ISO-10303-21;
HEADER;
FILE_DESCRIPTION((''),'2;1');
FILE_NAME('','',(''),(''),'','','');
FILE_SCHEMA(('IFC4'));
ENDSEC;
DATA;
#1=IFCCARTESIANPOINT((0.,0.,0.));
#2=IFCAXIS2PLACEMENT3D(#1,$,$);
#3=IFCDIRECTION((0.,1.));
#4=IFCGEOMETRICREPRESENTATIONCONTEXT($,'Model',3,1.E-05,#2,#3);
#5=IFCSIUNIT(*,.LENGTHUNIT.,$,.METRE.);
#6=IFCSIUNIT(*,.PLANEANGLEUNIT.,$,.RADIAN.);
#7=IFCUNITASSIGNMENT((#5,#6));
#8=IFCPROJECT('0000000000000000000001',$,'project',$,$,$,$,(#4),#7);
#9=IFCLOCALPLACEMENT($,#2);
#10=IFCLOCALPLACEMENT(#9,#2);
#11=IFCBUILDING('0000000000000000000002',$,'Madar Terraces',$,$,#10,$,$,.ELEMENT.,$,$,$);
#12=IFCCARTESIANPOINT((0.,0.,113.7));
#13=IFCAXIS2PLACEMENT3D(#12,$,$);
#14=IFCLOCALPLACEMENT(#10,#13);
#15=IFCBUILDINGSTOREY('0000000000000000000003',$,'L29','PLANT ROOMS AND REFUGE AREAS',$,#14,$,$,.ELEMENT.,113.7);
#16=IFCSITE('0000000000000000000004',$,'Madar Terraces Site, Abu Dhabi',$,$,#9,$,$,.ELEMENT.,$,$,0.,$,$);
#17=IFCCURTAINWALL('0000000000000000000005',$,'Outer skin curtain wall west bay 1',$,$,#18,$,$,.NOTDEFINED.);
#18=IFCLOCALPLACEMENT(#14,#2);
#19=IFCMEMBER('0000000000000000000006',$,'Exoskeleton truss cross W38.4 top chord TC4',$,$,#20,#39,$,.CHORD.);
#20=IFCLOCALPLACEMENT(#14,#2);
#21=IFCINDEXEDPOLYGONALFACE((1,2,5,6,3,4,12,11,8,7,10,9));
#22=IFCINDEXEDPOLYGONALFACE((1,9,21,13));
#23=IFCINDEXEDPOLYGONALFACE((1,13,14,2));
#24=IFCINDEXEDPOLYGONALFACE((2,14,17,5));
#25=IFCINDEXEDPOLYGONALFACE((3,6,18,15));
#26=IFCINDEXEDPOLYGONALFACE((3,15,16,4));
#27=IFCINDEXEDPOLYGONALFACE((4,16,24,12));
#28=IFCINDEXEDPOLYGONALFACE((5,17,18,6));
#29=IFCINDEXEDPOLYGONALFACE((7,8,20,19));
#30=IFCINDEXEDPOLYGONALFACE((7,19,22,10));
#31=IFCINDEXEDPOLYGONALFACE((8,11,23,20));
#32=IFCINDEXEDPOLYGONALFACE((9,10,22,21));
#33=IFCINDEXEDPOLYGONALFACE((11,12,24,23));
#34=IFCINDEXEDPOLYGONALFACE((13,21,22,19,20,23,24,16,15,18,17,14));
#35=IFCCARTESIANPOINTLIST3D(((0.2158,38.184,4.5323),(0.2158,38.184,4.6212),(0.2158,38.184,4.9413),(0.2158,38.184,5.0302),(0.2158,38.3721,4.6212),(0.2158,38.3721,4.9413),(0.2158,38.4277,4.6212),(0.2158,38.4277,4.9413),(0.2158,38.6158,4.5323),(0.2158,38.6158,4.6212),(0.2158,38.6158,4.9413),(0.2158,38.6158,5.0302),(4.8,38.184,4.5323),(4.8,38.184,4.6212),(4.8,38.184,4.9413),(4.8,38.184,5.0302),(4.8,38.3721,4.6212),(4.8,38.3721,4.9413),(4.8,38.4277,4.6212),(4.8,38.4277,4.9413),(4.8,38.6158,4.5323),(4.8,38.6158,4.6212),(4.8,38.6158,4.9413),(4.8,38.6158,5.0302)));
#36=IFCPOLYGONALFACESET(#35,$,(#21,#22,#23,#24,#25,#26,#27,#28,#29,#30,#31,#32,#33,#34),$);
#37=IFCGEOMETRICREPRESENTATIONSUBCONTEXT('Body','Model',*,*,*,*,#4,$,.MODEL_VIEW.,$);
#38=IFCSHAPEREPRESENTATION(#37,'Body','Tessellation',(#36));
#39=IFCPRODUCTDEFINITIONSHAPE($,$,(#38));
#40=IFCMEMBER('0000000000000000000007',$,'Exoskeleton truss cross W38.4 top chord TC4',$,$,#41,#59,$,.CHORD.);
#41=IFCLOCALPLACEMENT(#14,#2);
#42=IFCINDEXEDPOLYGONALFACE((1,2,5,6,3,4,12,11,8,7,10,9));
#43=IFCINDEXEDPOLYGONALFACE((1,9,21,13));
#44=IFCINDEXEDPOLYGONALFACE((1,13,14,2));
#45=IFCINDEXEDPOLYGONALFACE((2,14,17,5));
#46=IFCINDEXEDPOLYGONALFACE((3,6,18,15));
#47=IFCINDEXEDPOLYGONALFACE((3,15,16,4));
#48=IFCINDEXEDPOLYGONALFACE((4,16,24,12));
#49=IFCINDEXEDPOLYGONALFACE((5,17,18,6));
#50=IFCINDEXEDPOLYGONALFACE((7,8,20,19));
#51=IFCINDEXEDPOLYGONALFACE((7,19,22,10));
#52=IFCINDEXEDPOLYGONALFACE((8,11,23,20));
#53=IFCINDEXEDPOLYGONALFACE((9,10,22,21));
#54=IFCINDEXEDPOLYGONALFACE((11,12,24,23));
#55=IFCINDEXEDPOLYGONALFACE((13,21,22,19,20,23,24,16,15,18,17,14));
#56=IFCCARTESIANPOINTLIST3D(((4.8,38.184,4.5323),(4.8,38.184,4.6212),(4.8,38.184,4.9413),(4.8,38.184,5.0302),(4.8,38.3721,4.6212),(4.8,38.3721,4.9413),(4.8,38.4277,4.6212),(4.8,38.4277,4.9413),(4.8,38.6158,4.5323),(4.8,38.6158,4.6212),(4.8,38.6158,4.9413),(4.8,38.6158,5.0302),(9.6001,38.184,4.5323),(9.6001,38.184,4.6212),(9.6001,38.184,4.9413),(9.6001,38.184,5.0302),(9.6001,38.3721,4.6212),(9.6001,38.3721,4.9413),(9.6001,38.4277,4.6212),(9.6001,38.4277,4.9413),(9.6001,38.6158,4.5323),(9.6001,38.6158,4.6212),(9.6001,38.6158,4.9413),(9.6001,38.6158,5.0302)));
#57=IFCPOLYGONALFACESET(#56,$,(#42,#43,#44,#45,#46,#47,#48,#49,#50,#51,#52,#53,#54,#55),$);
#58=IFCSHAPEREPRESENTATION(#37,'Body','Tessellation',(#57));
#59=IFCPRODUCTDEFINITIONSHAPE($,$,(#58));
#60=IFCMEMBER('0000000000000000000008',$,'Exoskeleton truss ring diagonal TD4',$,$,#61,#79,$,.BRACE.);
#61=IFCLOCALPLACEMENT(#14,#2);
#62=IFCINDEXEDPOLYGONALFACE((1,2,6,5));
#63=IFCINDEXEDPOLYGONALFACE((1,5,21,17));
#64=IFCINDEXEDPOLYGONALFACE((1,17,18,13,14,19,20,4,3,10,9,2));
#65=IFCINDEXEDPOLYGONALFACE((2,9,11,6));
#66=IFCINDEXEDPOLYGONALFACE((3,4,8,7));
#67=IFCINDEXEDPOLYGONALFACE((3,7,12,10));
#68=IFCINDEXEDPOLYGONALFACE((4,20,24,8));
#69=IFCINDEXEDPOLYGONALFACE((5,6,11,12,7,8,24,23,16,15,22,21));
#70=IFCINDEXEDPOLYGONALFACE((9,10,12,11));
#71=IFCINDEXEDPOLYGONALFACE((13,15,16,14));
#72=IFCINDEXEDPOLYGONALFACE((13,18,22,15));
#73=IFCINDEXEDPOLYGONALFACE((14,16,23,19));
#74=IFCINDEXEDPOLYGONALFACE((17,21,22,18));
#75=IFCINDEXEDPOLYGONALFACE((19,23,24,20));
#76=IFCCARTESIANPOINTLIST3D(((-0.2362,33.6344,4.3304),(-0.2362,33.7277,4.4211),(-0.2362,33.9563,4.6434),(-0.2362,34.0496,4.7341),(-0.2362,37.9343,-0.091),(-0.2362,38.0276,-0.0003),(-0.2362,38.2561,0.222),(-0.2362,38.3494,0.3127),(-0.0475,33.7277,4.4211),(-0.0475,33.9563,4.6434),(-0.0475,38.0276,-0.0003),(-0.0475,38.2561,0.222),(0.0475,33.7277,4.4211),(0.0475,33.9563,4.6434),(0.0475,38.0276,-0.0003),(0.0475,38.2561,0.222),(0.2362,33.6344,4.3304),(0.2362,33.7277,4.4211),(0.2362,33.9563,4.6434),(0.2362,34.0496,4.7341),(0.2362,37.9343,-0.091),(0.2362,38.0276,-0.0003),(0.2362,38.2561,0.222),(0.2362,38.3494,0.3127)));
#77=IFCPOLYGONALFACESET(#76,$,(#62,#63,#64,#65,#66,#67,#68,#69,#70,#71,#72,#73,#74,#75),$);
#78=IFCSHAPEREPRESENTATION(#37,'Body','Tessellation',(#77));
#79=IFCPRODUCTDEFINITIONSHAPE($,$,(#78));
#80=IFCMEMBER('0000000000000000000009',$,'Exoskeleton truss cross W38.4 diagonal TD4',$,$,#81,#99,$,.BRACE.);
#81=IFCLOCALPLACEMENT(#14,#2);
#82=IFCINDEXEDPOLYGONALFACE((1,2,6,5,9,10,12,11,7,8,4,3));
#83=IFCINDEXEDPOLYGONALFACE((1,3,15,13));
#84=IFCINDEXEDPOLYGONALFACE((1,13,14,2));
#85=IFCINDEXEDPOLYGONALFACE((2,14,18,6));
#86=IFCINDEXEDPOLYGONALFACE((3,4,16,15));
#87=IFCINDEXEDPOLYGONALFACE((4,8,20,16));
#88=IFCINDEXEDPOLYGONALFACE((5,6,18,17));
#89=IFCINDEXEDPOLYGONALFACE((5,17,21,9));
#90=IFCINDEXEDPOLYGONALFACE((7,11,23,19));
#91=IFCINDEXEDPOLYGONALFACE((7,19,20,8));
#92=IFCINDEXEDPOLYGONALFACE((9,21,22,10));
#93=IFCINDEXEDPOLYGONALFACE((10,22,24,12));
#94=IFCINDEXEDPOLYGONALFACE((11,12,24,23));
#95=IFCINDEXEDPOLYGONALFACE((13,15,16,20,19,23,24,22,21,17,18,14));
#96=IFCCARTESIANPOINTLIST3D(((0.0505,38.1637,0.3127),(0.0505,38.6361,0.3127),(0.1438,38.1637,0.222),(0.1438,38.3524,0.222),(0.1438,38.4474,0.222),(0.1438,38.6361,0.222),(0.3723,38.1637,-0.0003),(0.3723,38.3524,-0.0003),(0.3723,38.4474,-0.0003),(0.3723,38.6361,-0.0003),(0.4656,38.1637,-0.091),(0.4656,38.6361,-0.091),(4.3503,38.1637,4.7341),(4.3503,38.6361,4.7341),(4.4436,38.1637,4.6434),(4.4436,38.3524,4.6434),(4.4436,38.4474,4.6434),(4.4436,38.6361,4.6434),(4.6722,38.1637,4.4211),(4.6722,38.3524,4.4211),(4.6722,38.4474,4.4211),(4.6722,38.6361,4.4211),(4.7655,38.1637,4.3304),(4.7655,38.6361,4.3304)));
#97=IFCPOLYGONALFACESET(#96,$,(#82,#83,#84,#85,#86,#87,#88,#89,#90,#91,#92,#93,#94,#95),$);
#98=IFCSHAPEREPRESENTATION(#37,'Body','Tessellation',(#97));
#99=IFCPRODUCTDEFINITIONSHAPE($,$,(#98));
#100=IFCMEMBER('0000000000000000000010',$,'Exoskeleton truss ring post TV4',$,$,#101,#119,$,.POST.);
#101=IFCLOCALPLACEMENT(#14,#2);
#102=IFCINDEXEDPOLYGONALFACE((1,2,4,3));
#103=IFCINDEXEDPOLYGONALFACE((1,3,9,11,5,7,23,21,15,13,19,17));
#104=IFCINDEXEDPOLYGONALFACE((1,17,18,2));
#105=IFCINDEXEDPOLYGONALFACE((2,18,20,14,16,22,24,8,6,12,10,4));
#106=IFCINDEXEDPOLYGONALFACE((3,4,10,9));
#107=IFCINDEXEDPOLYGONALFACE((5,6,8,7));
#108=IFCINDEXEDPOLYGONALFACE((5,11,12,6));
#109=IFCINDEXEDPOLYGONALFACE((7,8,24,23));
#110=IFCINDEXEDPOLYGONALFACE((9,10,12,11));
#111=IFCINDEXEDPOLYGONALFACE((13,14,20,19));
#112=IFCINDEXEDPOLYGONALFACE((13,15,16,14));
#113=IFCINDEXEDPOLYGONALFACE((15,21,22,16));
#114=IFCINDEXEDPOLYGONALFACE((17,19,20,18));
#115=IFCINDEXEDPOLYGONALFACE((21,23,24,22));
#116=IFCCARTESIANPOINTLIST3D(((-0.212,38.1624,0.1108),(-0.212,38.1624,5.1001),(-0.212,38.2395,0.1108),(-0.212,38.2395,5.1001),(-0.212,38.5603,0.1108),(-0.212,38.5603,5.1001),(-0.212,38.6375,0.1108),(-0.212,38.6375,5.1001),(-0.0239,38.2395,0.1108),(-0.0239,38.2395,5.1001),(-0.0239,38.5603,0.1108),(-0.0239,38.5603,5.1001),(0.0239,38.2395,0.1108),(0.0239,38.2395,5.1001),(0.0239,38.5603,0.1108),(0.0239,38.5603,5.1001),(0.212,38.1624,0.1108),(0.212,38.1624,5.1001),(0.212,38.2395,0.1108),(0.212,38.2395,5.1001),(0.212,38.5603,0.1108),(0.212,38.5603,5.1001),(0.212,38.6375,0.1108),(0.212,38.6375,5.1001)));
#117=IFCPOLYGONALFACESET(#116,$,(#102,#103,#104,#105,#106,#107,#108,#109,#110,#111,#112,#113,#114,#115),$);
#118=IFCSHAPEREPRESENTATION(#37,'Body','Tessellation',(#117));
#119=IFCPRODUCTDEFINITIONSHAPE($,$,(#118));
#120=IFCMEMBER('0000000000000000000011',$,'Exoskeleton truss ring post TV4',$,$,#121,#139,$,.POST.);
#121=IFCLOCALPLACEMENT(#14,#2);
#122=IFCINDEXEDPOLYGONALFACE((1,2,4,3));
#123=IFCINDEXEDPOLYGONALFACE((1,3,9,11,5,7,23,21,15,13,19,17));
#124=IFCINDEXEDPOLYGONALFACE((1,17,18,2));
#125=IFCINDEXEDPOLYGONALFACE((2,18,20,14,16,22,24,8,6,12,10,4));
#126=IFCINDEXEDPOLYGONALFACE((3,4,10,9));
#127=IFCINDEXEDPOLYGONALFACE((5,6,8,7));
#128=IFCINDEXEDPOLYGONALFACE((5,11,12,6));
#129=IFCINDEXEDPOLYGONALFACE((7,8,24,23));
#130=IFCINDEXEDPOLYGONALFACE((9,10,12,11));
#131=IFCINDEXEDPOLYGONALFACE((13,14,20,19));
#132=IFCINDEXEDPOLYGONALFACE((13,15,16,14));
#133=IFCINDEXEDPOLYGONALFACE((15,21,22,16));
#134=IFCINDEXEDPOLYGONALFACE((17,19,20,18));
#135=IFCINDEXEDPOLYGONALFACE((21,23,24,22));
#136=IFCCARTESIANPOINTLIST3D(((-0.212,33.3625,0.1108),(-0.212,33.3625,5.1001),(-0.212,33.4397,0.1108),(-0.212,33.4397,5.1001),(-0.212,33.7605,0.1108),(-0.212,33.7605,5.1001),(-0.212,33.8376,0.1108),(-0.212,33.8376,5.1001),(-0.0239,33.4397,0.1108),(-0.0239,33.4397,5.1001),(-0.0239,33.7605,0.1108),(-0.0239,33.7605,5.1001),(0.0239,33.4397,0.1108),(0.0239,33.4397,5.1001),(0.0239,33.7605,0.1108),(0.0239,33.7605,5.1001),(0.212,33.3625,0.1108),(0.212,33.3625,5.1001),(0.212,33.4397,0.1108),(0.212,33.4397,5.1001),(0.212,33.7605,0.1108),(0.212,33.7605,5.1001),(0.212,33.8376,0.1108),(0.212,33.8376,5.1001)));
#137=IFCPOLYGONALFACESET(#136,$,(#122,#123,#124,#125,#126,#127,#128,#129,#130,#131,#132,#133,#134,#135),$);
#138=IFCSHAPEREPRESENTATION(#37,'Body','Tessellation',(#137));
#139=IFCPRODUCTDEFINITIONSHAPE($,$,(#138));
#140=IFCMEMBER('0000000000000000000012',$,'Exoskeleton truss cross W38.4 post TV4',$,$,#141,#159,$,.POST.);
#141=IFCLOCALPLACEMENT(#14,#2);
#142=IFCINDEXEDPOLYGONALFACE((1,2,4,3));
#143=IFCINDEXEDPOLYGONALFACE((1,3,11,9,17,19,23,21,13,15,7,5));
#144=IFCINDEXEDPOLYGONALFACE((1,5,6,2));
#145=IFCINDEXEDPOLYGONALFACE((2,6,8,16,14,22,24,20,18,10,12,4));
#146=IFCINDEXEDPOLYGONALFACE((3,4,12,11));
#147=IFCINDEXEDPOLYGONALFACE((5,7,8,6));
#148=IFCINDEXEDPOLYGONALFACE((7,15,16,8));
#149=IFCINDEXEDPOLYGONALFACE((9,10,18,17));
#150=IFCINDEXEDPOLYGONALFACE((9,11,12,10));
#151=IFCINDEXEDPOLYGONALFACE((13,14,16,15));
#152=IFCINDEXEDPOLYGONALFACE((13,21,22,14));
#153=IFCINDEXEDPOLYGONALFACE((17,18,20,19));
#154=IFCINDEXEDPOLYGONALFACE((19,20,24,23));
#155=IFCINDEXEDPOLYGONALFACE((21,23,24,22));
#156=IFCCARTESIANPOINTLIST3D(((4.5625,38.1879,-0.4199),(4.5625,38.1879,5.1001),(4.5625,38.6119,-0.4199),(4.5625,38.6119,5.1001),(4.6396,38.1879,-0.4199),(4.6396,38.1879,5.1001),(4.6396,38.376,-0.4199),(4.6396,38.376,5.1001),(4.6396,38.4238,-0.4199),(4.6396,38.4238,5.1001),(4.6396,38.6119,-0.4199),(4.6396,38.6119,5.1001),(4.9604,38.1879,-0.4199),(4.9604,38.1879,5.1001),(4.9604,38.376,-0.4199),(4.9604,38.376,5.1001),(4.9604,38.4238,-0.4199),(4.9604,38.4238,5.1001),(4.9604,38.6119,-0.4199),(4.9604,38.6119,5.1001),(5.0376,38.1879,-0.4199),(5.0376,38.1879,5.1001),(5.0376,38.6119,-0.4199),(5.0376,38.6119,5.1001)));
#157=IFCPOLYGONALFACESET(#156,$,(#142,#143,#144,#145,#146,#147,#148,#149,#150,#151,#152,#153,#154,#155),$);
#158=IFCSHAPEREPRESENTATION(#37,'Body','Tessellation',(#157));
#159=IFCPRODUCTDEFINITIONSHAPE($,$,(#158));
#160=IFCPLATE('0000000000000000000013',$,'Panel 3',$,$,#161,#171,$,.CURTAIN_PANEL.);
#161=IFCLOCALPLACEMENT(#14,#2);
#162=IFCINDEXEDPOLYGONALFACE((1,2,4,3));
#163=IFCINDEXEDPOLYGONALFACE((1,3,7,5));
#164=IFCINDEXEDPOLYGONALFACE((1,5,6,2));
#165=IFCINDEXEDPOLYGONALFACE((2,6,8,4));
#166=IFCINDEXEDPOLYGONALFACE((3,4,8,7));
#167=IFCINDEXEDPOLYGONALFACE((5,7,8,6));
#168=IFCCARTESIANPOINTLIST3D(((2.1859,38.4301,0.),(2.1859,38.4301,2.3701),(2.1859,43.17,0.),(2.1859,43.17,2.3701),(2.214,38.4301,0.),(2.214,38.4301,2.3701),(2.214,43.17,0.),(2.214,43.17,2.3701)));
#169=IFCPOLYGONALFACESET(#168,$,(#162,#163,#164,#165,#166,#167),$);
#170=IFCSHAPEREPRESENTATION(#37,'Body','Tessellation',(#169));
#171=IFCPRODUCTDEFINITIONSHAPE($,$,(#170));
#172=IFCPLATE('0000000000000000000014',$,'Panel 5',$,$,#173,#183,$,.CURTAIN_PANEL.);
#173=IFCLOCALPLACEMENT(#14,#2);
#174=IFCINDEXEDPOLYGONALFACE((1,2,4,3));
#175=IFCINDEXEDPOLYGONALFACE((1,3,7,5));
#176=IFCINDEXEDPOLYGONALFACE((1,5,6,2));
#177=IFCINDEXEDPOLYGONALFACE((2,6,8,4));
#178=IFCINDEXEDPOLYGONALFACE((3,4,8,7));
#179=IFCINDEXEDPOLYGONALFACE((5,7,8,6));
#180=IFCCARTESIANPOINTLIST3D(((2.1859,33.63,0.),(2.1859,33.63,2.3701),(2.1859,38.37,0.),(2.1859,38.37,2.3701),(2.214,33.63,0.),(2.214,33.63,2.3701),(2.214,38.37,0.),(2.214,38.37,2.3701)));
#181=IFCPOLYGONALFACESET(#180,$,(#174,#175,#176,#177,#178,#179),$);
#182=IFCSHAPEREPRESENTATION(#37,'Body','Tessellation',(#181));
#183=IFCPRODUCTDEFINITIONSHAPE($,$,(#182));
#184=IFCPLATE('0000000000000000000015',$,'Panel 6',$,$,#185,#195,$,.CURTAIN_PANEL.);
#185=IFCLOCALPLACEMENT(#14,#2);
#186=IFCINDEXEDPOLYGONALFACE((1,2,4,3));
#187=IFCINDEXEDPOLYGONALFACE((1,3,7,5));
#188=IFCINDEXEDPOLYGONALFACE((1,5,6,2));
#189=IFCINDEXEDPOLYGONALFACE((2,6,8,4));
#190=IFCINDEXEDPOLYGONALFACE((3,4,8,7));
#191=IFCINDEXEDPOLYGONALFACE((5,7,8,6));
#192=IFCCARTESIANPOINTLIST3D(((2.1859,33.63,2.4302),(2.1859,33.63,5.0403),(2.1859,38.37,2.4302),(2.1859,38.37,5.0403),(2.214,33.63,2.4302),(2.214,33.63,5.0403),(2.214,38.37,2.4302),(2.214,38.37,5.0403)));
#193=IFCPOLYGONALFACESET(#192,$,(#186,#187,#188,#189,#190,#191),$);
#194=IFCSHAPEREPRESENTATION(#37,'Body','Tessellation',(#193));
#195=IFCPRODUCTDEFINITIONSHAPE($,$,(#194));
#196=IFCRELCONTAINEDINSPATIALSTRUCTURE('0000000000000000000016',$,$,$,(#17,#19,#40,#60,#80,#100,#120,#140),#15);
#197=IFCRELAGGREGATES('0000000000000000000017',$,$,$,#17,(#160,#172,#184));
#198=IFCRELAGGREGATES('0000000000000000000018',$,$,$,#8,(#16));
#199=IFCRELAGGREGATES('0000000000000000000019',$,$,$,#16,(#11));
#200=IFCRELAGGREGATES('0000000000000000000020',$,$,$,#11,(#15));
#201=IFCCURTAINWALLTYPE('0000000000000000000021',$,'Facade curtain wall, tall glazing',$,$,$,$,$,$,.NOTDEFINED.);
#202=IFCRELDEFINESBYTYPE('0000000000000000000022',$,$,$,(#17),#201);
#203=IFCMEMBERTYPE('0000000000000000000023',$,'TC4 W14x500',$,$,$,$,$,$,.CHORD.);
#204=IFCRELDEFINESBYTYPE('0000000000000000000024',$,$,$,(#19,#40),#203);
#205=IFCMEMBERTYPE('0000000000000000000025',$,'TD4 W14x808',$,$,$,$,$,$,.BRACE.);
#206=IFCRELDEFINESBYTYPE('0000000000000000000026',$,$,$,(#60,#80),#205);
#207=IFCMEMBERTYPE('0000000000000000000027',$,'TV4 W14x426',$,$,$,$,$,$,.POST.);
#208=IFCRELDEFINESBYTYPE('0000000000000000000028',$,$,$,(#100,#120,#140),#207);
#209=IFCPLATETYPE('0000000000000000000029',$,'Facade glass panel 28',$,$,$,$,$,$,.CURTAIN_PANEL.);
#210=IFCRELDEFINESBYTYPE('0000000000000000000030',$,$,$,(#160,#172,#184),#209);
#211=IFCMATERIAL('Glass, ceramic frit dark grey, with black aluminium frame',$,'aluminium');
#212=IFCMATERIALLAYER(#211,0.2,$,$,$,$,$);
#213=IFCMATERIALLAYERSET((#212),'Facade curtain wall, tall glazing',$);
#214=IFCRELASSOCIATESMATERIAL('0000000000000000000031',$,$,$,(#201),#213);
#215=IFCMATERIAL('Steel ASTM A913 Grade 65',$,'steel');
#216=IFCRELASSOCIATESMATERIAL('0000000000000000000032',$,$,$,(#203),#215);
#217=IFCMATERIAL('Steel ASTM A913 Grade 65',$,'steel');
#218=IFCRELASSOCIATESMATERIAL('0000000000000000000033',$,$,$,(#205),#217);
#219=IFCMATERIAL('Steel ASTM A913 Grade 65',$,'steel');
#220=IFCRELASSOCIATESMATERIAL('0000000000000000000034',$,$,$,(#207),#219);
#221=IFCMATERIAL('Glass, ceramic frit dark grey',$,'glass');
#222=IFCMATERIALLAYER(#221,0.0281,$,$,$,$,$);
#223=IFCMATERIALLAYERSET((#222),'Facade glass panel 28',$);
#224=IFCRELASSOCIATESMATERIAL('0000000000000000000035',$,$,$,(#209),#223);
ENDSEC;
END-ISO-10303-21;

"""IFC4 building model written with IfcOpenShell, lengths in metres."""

from ifc_helpers import new_model, si_unit, direction, frame, origin, origin_2d, place, context, subcontext, project, spatial, rectangle, i_section, extrude, material, layer, layer_set, material_profile, profile_set, type_object, element, aggregate, save


model = new_model("IFC4")

# Units and contexts
model_context = context("Model", 3, precision=1e-05, world=origin(), true_north=direction((0.0, 1.0)))
body_context = subcontext(model_context, "Body", "Model", "MODEL_VIEW")
ifc_project = project(units=[si_unit("LENGTHUNIT", "METRE"), si_unit("PLANEANGLEUNIT", "RADIAN")], contexts=[model_context])

# Site, building, storey
site_placement = place(None, origin())
site = spatial("IfcSite", under=ifc_project, at=site_placement, Name="Madar Terraces Site, Abu Dhabi", CompositionType="ELEMENT", RefElevation=0.0)
building_placement = place(site_placement, origin())
building = spatial("IfcBuilding", under=site, at=building_placement, Name="Madar Terraces", CompositionType="ELEMENT")
storey_placement = place(building_placement, frame((0.0, 0.0, 113.7)))
storey = spatial("IfcBuildingStorey", under=building, at=storey_placement, Name="L29", Description="PLANT ROOMS AND REFUGE AREAS", CompositionType="ELEMENT", Elevation=113.7)

# Curtain wall
ifc_material_1 = material(Name="Glass, ceramic frit dark grey, with black aluminium frame", Category="aluminium")
ifc_layer_1 = layer(ifc_material_1, 0.2)
ifc_layer_set_1 = layer_set([ifc_layer_1], Name="Facade curtain wall, tall glazing")
curtain_wall_type = type_object("IfcCurtainWallType", Name="Facade curtain wall, tall glazing", PredefinedType="NOTDEFINED", material=ifc_layer_set_1)
curtain_wall_placement = place(storey_placement, origin())
curtain_wall = element("IfcCurtainWall", 1, at=curtain_wall_placement, inside=storey, type_object=curtain_wall_type, Name="Outer skin curtain wall west bay 1", PredefinedType="NOTDEFINED")

# Members
ifc_material_2 = material(Name="Steel ASTM A913 Grade 65", Category="steel")
ifc_material_profile_1 = material_profile(ifc_material_2, i_section(OverallWidth=0.4319, OverallDepth=0.4978, WebThickness=0.0557, FlangeThickness=0.0889, at=origin_2d()), Name="W14x500")
ifc_profile_set_1 = profile_set([ifc_material_profile_1], Name="Steel ASTM A913 Grade 65")
member_type_1 = type_object("IfcMemberType", Name="TC4 W14x500", PredefinedType="CHORD", material=ifc_profile_set_1)
member_1_placement = place(storey_placement, frame((0.2158, 38.3999, 4.7812), z_axis=(1.0, 0.0, 0.0), x_axis=(0.0, 1.0, 0.0)))
element("IfcMember", 2, at=member_1_placement, inside=storey, type_object=member_type_1, Name="Exoskeleton truss cross W38.4 top chord TC4", PredefinedType="CHORD", context=body_context, shape_type="SweptSolid", body=[
    extrude(i_section(OverallWidth=0.4319, OverallDepth=0.4978, WebThickness=0.0557, FlangeThickness=0.0889, at=origin_2d()), origin(), (0.0, 0.0, 1.0), 4.5842),
])
member_2_placement = place(storey_placement, frame((4.8, 38.3999, 4.7812), z_axis=(1.0, 0.0, 0.0), x_axis=(0.0, 1.0, 0.0)))
element("IfcMember", 3, at=member_2_placement, inside=storey, type_object=member_type_1, Name="Exoskeleton truss cross W38.4 top chord TC4", PredefinedType="CHORD", context=body_context, shape_type="SweptSolid", body=[
    extrude(i_section(OverallWidth=0.4319, OverallDepth=0.4978, WebThickness=0.0557, FlangeThickness=0.0889, at=origin_2d()), origin(), (0.0, 0.0, 1.0), 4.8),
])
ifc_material_3 = material(Name="Steel ASTM A913 Grade 65", Category="steel")
ifc_material_profile_2 = material_profile(ifc_material_3, i_section(OverallWidth=0.4724, OverallDepth=0.5791, WebThickness=0.095, FlangeThickness=0.1301, at=origin_2d()), Name="W14x808")
ifc_profile_set_2 = profile_set([ifc_material_profile_2], Name="Steel ASTM A913 Grade 65")
member_type_2 = type_object("IfcMemberType", Name="TD4 W14x808", PredefinedType="BRACE", material=ifc_profile_set_2)
for number, where, z_axis, x_axis, name in (
    (4, (0.0, 38.1418, 0.1108), (0.0, -0.697181, 0.716895), (1.0, 0.0, 0.0), "Exoskeleton truss ring diagonal TD4"),
    (5, (0.2581, 38.3999, 0.1108), (0.697181, 0.0, 0.716895), (0.0, 1.0, 0.0), "Exoskeleton truss cross W38.4 diagonal TD4"),
):
    element("IfcMember", number, at=place(storey_placement, frame(where, z_axis=z_axis, x_axis=x_axis)), inside=storey, type_object=member_type_2, Name=name, PredefinedType="BRACE", context=body_context, shape_type="SweptSolid", body=[
        extrude(i_section(OverallWidth=0.4724, OverallDepth=0.5791, WebThickness=0.095, FlangeThickness=0.1301, at=origin_2d()), origin(), (0.0, 0.0, 1.0), 6.1675),
    ])
ifc_material_4 = material(Name="Steel ASTM A913 Grade 65", Category="steel")
ifc_material_profile_3 = material_profile(ifc_material_4, i_section(OverallWidth=0.4241, OverallDepth=0.4751, WebThickness=0.0479, FlangeThickness=0.0771, at=origin_2d()), Name="W14x426")
ifc_profile_set_3 = profile_set([ifc_material_profile_3], Name="Steel ASTM A913 Grade 65")
member_type_3 = type_object("IfcMemberType", Name="TV4 W14x426", PredefinedType="POST", material=ifc_profile_set_3)
for number, where, z_axis, x_axis, name in (
    (6, (0.0, 38.3999, 0.1108), (0.0, 0.0, 1.0), (1.0, 0.0, 0.0), "Exoskeleton truss ring post TV4"),
    (7, (0.0, 33.6001, 0.1108), (0.0, 0.0, 1.0), (1.0, 0.0, 0.0), "Exoskeleton truss ring post TV4"),
):
    element("IfcMember", number, at=place(storey_placement, frame(where, z_axis=z_axis, x_axis=x_axis)), inside=storey, type_object=member_type_3, Name=name, PredefinedType="POST", context=body_context, shape_type="SweptSolid", body=[
        extrude(i_section(OverallWidth=0.4241, OverallDepth=0.4751, WebThickness=0.0479, FlangeThickness=0.0771, at=origin_2d()), origin(), (0.0, 0.0, 1.0), 4.9893),
    ])
member_3_placement = place(storey_placement, frame((4.8, 38.3999, -0.4199), z_axis=(0.0, 0.0, 1.0), x_axis=(0.0, 1.0, 0.0)))
element("IfcMember", 8, at=member_3_placement, inside=storey, type_object=member_type_3, Name="Exoskeleton truss cross W38.4 post TV4", PredefinedType="POST", context=body_context, shape_type="SweptSolid", body=[
    extrude(i_section(OverallWidth=0.4241, OverallDepth=0.4751, WebThickness=0.0479, FlangeThickness=0.0771, at=origin_2d()), origin(), (0.0, 0.0, 1.0), 5.52),
])

# Plates
ifc_material_5 = material(Name="Glass, ceramic frit dark grey", Category="glass")
ifc_layer_2 = layer(ifc_material_5, 0.0281)
ifc_layer_set_2 = layer_set([ifc_layer_2], Name="Facade glass panel 28")
plate_type = type_object("IfcPlateType", Name="Facade glass panel 28", PredefinedType="CURTAIN_PANEL", material=ifc_layer_set_2)
plate_1_placement = place(storey_placement, frame((2.2, 40.8, 0.0), z_axis=(0.0, 0.0, 1.0), x_axis=(0.0, -1.0, 0.0)))
plate_1 = element("IfcPlate", 9, at=plate_1_placement, type_object=plate_type, Name="Panel 3", PredefinedType="CURTAIN_PANEL", context=body_context, shape_type="SweptSolid", body=[
    extrude(rectangle(XDim=4.74, YDim=0.0281, at=origin_2d()), origin(), (0.0, 0.0, 1.0), 2.3701),
])
plate_2_placement = place(storey_placement, frame((2.2, 36.0, 0.0), z_axis=(0.0, 0.0, 1.0), x_axis=(0.0, -1.0, 0.0)))
plate_2 = element("IfcPlate", 10, at=plate_2_placement, type_object=plate_type, Name="Panel 5", PredefinedType="CURTAIN_PANEL", context=body_context, shape_type="SweptSolid", body=[
    extrude(rectangle(XDim=4.74, YDim=0.0281, at=origin_2d()), origin(), (0.0, 0.0, 1.0), 2.3701),
])
plate_3_placement = place(storey_placement, frame((2.2, 36.0, 2.4302), z_axis=(0.0, 0.0, 1.0), x_axis=(0.0, -1.0, 0.0)))
plate_3 = element("IfcPlate", 11, at=plate_3_placement, type_object=plate_type, Name="Panel 6", PredefinedType="CURTAIN_PANEL", context=body_context, shape_type="SweptSolid", body=[
    extrude(rectangle(XDim=4.74, YDim=0.0281, at=origin_2d()), origin(), (0.0, 0.0, 1.0), 2.6101),
])
aggregate(curtain_wall, [plate_1, plate_2, plate_3])

save(model, "model.ifc")
